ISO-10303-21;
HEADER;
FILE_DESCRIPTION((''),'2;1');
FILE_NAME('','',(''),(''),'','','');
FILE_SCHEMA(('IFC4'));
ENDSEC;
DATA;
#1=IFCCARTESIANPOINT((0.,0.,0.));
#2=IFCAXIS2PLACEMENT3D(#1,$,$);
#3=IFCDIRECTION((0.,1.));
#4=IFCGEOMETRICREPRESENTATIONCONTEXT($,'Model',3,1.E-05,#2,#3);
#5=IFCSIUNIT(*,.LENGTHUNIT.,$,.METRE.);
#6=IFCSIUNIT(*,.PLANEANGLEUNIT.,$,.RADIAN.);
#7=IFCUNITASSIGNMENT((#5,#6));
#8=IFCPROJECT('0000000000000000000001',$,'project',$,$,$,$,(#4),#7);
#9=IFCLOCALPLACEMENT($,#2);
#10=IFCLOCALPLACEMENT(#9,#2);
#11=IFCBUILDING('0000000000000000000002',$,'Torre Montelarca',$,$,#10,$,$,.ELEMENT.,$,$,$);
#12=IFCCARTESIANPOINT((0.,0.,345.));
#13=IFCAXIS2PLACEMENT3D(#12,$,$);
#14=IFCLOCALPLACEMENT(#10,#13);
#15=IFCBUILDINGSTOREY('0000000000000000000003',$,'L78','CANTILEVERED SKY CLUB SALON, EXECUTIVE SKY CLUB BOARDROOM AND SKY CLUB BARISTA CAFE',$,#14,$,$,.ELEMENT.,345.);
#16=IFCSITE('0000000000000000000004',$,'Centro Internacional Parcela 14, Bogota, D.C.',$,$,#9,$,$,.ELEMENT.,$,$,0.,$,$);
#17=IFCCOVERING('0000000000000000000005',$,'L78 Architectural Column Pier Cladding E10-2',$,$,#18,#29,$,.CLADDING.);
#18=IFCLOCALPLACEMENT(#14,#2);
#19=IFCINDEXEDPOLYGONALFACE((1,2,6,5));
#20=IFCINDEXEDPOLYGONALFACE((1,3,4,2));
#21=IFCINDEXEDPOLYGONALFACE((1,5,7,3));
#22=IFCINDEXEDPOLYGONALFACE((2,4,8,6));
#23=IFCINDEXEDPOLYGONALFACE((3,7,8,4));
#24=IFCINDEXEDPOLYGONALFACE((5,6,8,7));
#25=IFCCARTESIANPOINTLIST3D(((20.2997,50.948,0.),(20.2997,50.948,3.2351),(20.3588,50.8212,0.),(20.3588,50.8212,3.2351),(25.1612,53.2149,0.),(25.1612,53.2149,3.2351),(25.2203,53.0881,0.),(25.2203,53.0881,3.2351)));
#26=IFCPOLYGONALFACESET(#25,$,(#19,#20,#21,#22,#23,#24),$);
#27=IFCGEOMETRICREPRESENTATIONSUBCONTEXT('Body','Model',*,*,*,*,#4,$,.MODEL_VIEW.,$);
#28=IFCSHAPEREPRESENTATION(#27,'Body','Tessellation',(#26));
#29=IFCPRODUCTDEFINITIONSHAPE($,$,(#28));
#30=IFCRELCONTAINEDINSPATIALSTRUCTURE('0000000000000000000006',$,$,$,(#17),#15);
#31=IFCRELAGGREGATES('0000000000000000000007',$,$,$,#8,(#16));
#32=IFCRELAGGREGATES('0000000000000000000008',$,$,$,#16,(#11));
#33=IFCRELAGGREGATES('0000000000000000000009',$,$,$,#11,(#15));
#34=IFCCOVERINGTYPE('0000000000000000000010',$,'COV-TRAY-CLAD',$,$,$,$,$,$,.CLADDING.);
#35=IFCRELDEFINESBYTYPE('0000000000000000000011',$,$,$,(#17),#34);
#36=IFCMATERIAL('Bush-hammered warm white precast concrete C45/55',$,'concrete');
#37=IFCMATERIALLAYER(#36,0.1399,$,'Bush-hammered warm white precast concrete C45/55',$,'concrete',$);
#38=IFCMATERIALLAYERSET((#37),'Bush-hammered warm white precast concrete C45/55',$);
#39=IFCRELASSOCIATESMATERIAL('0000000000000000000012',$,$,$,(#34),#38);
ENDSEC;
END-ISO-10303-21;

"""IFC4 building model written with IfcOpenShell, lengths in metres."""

from ifc_helpers import new_model, si_unit, direction, frame, origin, origin_2d, place, context, subcontext, project, spatial, rectangle, extrude, source, transform, mapped, material, layer, layer_set, type_object, element, save


model = new_model("IFC4")

# Units and contexts
model_context = context("Model", 3, precision=1e-05, world=origin(), true_north=direction((0.0, 1.0)))
body_context = subcontext(model_context, "Body", "Model", "MODEL_VIEW")
ifc_project = project(units=[si_unit("LENGTHUNIT", "METRE"), si_unit("PLANEANGLEUNIT", "RADIAN")], contexts=[model_context])

# Site, building, storey
site_placement = place(None, origin())
site = spatial("IfcSite", under=ifc_project, at=site_placement, Name="Centro Internacional Parcela 14, Bogota, D.C.", CompositionType="ELEMENT", RefElevation=0.0)
building_placement = place(site_placement, origin())
building = spatial("IfcBuilding", under=site, at=building_placement, Name="Torre Montelarca", CompositionType="ELEMENT")
storey_placement = place(building_placement, frame((0.0, 0.0, 345.0)))
storey = spatial("IfcBuildingStorey", under=building, at=storey_placement, Name="L78", Description="CANTILEVERED SKY CLUB SALON, EXECUTIVE SKY CLUB BOARDROOM AND SKY CLUB BARISTA CAFE", CompositionType="ELEMENT", Elevation=345.0)

# Covering
ifc_material_1 = material(Name="Bush-hammered warm white precast concrete C45/55", Category="concrete")
ifc_layer_1 = layer(ifc_material_1, 0.1399, Name="Bush-hammered warm white precast concrete C45/55", Category="concrete")
ifc_layer_set_1 = layer_set([ifc_layer_1], Name="Bush-hammered warm white precast concrete C45/55")
covering_type = type_object("IfcCoveringType", Name="COV-TRAY-CLAD", PredefinedType="CLADDING", material=ifc_layer_set_1)
shared_shape_1 = source(origin(), body_context, "Body", "SweptSolid", [
    extrude(rectangle(XDim=5.364, YDim=0.1399, at=origin_2d()), origin(), (0.0, 0.0, 1.0), 3.2351),
])
covering_1_placement = place(storey_placement, frame((22.76, 52.0181, 0.0), z_axis=(0.0, 0.0, 1.0), x_axis=(-0.906308, -0.422618, 0.0)))
element("IfcCovering", 1, at=covering_1_placement, inside=storey, type_object=covering_type, Name="L78 Architectural Column Pier Cladding E10-2", PredefinedType="CLADDING", context=body_context, shape_type="MappedRepresentation", body=[
    mapped(shared_shape_1, transform((0.0, 0.0, 0.0), scale=1.0)),
])

save(model, "model.ifc")
